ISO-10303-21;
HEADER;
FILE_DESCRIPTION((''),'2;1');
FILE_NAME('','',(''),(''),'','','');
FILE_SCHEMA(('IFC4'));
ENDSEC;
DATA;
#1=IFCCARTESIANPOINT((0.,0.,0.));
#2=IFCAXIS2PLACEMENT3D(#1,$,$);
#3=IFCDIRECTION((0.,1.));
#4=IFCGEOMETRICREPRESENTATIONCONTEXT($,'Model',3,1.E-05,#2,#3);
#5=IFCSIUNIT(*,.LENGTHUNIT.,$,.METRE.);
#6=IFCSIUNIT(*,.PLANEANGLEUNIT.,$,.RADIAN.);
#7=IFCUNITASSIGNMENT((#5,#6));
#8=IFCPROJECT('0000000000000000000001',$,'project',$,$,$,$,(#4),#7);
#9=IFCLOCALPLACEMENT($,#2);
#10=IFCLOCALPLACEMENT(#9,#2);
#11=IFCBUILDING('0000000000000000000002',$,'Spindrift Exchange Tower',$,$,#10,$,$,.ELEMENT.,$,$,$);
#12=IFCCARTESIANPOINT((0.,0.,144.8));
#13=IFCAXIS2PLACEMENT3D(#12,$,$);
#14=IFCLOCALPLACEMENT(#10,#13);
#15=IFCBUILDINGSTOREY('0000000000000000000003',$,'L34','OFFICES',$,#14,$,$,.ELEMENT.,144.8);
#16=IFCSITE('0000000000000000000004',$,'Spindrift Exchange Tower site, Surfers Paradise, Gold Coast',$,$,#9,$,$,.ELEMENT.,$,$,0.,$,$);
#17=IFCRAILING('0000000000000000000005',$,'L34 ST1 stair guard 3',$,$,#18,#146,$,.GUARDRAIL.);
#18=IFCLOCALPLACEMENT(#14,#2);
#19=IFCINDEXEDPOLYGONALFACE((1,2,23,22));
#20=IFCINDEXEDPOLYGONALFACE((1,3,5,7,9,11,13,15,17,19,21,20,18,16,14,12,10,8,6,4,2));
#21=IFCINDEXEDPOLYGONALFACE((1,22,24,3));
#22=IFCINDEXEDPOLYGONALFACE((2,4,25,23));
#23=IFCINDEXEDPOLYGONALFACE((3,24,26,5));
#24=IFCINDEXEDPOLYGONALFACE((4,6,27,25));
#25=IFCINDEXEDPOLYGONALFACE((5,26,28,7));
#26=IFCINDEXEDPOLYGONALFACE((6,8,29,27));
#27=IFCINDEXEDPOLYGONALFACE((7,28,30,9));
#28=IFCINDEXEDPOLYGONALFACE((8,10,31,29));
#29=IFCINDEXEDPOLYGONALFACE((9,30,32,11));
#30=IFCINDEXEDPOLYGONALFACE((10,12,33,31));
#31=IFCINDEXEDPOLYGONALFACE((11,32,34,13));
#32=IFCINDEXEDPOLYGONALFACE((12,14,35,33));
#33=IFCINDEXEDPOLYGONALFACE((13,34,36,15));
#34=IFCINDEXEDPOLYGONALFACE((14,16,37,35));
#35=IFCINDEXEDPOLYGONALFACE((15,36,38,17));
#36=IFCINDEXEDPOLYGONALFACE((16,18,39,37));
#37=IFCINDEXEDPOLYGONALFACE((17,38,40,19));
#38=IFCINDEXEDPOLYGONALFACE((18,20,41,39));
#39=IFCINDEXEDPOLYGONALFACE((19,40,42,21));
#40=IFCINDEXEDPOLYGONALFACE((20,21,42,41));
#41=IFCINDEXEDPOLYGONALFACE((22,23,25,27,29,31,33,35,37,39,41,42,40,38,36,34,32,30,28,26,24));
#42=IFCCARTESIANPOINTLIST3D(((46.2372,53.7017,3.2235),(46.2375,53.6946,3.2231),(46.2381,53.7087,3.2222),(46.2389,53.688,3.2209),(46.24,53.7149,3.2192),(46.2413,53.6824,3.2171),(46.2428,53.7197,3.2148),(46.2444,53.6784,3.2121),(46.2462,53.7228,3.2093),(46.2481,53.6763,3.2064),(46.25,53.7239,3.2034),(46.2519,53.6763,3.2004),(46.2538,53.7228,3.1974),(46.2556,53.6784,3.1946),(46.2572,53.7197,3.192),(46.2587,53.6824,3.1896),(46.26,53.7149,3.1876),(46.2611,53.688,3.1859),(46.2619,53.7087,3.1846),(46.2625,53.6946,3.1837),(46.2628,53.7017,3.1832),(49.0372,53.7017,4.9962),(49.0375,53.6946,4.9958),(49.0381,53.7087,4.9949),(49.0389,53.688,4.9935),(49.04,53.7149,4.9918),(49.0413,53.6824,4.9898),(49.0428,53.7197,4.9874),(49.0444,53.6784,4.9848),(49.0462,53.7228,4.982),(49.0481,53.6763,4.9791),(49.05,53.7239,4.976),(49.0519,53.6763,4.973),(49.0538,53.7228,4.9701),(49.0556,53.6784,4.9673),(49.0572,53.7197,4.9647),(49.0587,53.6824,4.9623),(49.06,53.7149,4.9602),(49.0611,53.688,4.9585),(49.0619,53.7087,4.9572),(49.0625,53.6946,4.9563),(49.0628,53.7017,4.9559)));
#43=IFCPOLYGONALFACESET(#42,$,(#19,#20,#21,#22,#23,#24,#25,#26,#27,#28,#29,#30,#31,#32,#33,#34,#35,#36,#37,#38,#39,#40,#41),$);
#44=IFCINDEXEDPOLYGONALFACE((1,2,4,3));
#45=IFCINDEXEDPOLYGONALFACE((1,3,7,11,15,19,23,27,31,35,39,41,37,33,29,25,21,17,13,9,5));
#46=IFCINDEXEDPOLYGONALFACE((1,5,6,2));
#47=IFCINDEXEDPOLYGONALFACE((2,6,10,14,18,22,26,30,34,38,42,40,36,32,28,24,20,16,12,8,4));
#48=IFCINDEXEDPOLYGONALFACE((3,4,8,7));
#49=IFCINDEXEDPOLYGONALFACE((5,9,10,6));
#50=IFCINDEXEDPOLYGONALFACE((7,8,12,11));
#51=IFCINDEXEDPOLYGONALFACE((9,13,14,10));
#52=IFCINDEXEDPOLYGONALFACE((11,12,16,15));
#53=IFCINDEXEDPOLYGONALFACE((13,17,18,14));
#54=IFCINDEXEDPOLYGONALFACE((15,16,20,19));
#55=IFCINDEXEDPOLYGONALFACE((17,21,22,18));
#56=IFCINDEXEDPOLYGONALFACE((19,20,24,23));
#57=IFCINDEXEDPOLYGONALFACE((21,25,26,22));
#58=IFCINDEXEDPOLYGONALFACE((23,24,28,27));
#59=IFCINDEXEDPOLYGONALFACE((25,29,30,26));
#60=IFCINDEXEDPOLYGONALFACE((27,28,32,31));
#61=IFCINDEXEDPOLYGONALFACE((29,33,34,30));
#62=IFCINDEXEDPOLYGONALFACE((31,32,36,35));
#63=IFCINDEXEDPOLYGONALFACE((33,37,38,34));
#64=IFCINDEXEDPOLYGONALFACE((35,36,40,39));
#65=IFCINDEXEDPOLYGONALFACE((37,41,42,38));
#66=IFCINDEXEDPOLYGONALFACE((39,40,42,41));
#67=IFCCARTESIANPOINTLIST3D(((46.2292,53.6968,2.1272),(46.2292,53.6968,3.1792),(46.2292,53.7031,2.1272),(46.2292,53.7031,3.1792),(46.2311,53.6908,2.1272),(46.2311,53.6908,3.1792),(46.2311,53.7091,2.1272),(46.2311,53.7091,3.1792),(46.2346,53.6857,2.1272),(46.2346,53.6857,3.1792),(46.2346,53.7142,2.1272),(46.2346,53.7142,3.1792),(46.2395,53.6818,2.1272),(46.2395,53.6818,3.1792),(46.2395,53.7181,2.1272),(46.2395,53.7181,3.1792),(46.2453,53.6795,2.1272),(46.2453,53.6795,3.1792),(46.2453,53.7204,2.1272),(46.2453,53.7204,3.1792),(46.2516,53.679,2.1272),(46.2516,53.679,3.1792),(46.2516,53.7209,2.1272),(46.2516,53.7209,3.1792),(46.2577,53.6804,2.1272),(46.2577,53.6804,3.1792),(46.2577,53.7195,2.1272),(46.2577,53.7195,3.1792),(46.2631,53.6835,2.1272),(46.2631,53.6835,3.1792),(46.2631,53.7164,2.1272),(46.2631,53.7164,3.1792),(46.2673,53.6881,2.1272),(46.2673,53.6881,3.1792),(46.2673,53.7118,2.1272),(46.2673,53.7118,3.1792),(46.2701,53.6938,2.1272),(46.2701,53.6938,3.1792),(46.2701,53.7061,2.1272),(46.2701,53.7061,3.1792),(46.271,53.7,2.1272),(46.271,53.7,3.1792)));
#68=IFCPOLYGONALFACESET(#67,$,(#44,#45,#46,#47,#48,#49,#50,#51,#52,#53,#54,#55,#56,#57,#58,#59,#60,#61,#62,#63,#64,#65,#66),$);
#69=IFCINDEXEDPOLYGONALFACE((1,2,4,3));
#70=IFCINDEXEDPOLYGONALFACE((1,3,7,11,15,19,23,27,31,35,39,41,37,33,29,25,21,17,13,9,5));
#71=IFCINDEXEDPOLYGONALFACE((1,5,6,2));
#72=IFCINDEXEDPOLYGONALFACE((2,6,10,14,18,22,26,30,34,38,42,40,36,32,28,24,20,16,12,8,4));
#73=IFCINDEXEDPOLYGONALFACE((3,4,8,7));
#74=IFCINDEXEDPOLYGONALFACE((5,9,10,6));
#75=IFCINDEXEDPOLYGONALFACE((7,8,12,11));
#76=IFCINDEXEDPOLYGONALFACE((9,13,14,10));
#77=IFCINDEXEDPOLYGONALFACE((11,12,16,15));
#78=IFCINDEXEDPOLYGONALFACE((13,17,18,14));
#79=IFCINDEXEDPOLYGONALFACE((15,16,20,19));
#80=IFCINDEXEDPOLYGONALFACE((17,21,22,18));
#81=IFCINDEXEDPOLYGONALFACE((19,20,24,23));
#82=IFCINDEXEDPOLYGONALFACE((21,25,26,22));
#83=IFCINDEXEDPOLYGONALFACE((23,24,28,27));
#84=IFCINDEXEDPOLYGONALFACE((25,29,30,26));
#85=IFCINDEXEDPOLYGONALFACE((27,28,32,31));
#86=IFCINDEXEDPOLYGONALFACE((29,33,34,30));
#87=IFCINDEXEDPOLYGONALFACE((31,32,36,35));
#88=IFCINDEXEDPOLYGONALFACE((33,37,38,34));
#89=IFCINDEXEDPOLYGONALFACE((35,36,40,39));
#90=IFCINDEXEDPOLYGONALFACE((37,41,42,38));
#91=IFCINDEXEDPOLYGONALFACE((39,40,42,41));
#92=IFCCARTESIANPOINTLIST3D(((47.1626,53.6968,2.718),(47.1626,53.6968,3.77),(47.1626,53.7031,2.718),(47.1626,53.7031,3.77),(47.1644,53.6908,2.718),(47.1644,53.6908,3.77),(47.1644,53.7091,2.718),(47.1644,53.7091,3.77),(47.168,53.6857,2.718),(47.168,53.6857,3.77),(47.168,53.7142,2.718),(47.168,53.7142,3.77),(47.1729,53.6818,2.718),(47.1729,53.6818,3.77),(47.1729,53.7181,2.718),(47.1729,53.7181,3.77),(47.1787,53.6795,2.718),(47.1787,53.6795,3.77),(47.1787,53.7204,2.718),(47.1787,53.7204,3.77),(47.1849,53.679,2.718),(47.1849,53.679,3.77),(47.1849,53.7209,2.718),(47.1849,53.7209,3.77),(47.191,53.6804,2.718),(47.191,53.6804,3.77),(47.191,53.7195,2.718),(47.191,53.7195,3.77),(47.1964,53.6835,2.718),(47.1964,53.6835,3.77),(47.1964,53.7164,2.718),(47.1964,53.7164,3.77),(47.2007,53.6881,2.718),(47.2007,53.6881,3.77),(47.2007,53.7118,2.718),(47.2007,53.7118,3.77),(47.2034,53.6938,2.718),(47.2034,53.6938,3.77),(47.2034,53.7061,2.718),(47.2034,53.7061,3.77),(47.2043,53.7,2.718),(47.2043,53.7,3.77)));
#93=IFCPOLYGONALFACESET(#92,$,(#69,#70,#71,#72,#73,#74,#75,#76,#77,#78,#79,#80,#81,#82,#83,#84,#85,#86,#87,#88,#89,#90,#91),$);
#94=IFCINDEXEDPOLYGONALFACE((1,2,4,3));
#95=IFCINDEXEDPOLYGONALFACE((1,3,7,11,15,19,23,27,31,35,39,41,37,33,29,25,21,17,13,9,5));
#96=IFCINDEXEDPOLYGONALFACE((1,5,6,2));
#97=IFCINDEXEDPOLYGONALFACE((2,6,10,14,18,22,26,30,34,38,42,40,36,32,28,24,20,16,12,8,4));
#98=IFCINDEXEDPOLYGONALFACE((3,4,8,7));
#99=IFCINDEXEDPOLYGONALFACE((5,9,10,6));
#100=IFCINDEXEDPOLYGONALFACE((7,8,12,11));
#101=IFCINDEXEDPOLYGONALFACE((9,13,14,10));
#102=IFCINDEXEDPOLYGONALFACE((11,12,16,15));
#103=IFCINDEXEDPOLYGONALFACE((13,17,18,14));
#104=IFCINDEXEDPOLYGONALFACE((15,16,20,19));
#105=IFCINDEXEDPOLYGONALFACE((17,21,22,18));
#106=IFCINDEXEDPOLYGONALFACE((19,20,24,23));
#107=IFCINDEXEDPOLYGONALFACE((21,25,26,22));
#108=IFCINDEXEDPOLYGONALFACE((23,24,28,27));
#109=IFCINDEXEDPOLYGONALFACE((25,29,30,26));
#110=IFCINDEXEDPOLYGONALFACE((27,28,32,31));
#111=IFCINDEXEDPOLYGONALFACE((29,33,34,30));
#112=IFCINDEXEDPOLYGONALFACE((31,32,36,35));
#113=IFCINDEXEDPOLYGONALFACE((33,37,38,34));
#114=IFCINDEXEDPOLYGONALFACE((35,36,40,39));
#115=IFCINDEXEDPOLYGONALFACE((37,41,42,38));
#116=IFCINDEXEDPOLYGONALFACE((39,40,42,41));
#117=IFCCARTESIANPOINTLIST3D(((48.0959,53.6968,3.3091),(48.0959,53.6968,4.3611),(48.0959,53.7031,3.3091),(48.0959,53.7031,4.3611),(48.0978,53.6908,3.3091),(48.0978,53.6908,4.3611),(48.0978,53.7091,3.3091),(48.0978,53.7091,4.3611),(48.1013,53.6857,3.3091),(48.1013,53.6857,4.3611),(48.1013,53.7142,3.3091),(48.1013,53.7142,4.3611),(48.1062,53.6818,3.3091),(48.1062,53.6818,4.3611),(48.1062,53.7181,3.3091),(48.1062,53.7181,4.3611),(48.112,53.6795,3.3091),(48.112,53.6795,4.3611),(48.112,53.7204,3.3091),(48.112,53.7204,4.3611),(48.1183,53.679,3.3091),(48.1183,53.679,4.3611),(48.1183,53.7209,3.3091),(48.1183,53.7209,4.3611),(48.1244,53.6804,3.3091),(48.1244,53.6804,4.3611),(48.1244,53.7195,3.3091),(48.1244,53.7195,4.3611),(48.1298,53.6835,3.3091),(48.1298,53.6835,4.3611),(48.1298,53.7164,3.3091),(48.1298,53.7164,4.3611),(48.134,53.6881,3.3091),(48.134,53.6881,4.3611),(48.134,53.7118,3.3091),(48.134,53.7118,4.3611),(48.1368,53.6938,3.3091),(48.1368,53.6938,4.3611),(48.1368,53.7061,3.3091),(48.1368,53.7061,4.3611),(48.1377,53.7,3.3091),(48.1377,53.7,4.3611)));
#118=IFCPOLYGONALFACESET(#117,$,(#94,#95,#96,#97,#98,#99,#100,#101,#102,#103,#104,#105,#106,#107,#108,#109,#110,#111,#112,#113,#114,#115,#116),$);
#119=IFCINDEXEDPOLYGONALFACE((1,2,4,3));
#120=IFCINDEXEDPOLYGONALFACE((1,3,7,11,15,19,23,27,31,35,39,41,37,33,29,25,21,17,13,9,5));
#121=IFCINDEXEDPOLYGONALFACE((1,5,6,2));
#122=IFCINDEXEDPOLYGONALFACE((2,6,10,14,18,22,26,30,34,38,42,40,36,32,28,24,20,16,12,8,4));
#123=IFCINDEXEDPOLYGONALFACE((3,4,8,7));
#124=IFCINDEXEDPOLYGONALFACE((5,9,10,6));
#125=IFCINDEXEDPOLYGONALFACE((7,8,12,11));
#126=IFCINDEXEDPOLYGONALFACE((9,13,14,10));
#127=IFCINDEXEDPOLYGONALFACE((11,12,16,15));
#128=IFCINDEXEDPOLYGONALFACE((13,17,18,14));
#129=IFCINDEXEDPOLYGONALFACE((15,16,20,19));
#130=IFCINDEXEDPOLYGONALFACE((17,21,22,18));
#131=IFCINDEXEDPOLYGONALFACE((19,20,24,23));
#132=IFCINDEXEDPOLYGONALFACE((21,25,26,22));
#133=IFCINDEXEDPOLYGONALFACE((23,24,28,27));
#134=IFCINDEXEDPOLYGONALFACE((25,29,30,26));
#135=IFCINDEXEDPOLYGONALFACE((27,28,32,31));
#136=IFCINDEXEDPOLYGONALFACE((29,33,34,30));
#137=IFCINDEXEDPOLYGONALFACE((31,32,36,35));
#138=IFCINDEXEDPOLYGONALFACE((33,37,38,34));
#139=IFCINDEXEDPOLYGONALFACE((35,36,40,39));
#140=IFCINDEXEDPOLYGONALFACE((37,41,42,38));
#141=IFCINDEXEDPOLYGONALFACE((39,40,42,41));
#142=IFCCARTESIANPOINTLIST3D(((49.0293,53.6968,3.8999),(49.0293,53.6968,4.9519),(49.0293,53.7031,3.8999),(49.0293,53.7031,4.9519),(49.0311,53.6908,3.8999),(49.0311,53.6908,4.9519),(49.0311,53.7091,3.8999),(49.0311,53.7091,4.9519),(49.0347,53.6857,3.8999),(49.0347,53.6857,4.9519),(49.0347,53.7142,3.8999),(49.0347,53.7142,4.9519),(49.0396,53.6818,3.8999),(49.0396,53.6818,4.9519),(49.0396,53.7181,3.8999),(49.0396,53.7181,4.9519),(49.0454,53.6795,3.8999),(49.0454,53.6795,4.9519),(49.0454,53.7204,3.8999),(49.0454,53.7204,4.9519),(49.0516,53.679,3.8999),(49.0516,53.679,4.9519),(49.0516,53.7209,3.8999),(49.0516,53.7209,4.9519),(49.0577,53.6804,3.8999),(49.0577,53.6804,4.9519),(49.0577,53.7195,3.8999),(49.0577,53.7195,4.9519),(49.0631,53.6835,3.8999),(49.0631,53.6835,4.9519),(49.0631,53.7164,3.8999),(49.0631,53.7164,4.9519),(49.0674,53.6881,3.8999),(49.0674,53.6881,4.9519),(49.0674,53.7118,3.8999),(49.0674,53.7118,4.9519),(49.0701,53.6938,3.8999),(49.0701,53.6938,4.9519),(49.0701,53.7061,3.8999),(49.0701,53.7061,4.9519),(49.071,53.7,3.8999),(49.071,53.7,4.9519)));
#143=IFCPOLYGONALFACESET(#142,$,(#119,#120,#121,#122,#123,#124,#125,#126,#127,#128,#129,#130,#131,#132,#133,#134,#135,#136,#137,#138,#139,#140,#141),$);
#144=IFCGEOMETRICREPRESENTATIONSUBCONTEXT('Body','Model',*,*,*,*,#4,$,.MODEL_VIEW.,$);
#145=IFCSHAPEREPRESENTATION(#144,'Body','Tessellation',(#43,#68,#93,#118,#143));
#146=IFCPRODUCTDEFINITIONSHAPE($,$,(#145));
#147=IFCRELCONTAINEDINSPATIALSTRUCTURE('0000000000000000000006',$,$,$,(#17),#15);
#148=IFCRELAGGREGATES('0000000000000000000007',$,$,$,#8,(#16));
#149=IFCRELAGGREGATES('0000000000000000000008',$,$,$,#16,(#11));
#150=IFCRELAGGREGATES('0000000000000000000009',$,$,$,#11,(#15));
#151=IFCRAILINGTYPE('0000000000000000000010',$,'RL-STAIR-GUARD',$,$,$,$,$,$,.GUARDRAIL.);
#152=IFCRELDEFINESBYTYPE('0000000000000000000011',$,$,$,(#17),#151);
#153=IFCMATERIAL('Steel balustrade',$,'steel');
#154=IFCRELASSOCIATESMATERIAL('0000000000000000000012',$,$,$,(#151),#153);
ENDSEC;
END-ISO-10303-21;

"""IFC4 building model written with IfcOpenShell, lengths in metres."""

from ifc_helpers import new_model, si_unit, direction, frame, origin, origin_2d, place, context, subcontext, project, spatial, circle, extrude, material, type_object, element, save


model = new_model("IFC4")

# Units and contexts
model_context = context("Model", 3, precision=1e-05, world=origin(), true_north=direction((0.0, 1.0)))
body_context = subcontext(model_context, "Body", "Model", "MODEL_VIEW")
ifc_project = project(units=[si_unit("LENGTHUNIT", "METRE"), si_unit("PLANEANGLEUNIT", "RADIAN")], contexts=[model_context])

# Site, building, storey
site_placement = place(None, origin())
site = spatial("IfcSite", under=ifc_project, at=site_placement, Name="Spindrift Exchange Tower site, Surfers Paradise, Gold Coast", CompositionType="ELEMENT", RefElevation=0.0)
building_placement = place(site_placement, origin())
building = spatial("IfcBuilding", under=site, at=building_placement, Name="Spindrift Exchange Tower", CompositionType="ELEMENT")
storey_placement = place(building_placement, frame((0.0, 0.0, 144.8)))
storey = spatial("IfcBuildingStorey", under=building, at=storey_placement, Name="L34", Description="OFFICES", CompositionType="ELEMENT", Elevation=144.8)

# Railing
ifc_material_1 = material(Name="Steel balustrade", Category="steel")
railing_type_1 = type_object("IfcRailingType", Name="RL-STAIR-GUARD", PredefinedType="GUARDRAIL", material=ifc_material_1)
railing_1_placement = place(storey_placement, frame((46.25, 53.7, 2.1272)))
element("IfcRailing", 1, at=railing_1_placement, inside=storey, type_object=railing_type_1, Name="L34 ST1 stair guard 3", PredefinedType="GUARDRAIL", context=body_context, shape_type="SweptSolid", body=[
    extrude(circle(Radius=0.0239, at=origin_2d()), frame((0.0, 0.0, 1.0762), z_axis=(0.844909, 0.0, 0.53491), x_axis=(0.0, 1.0, 0.0)), (0.0, 0.0, 1.0), 3.314),
    extrude(circle(Radius=0.021, at=origin_2d()), origin(), (0.0, 0.0, 1.0), 1.052),
    extrude(circle(Radius=0.021, at=origin_2d()), frame((0.9333, 0.0, 0.5908)), (0.0, 0.0, 1.0), 1.052),
    extrude(circle(Radius=0.021, at=origin_2d()), frame((1.8667, 0.0, 1.1819)), (0.0, 0.0, 1.0), 1.052),
    extrude(circle(Radius=0.021, at=origin_2d()), frame((2.8, 0.0, 1.7727)), (0.0, 0.0, 1.0), 1.052),
])

save(model, "model.ifc")
